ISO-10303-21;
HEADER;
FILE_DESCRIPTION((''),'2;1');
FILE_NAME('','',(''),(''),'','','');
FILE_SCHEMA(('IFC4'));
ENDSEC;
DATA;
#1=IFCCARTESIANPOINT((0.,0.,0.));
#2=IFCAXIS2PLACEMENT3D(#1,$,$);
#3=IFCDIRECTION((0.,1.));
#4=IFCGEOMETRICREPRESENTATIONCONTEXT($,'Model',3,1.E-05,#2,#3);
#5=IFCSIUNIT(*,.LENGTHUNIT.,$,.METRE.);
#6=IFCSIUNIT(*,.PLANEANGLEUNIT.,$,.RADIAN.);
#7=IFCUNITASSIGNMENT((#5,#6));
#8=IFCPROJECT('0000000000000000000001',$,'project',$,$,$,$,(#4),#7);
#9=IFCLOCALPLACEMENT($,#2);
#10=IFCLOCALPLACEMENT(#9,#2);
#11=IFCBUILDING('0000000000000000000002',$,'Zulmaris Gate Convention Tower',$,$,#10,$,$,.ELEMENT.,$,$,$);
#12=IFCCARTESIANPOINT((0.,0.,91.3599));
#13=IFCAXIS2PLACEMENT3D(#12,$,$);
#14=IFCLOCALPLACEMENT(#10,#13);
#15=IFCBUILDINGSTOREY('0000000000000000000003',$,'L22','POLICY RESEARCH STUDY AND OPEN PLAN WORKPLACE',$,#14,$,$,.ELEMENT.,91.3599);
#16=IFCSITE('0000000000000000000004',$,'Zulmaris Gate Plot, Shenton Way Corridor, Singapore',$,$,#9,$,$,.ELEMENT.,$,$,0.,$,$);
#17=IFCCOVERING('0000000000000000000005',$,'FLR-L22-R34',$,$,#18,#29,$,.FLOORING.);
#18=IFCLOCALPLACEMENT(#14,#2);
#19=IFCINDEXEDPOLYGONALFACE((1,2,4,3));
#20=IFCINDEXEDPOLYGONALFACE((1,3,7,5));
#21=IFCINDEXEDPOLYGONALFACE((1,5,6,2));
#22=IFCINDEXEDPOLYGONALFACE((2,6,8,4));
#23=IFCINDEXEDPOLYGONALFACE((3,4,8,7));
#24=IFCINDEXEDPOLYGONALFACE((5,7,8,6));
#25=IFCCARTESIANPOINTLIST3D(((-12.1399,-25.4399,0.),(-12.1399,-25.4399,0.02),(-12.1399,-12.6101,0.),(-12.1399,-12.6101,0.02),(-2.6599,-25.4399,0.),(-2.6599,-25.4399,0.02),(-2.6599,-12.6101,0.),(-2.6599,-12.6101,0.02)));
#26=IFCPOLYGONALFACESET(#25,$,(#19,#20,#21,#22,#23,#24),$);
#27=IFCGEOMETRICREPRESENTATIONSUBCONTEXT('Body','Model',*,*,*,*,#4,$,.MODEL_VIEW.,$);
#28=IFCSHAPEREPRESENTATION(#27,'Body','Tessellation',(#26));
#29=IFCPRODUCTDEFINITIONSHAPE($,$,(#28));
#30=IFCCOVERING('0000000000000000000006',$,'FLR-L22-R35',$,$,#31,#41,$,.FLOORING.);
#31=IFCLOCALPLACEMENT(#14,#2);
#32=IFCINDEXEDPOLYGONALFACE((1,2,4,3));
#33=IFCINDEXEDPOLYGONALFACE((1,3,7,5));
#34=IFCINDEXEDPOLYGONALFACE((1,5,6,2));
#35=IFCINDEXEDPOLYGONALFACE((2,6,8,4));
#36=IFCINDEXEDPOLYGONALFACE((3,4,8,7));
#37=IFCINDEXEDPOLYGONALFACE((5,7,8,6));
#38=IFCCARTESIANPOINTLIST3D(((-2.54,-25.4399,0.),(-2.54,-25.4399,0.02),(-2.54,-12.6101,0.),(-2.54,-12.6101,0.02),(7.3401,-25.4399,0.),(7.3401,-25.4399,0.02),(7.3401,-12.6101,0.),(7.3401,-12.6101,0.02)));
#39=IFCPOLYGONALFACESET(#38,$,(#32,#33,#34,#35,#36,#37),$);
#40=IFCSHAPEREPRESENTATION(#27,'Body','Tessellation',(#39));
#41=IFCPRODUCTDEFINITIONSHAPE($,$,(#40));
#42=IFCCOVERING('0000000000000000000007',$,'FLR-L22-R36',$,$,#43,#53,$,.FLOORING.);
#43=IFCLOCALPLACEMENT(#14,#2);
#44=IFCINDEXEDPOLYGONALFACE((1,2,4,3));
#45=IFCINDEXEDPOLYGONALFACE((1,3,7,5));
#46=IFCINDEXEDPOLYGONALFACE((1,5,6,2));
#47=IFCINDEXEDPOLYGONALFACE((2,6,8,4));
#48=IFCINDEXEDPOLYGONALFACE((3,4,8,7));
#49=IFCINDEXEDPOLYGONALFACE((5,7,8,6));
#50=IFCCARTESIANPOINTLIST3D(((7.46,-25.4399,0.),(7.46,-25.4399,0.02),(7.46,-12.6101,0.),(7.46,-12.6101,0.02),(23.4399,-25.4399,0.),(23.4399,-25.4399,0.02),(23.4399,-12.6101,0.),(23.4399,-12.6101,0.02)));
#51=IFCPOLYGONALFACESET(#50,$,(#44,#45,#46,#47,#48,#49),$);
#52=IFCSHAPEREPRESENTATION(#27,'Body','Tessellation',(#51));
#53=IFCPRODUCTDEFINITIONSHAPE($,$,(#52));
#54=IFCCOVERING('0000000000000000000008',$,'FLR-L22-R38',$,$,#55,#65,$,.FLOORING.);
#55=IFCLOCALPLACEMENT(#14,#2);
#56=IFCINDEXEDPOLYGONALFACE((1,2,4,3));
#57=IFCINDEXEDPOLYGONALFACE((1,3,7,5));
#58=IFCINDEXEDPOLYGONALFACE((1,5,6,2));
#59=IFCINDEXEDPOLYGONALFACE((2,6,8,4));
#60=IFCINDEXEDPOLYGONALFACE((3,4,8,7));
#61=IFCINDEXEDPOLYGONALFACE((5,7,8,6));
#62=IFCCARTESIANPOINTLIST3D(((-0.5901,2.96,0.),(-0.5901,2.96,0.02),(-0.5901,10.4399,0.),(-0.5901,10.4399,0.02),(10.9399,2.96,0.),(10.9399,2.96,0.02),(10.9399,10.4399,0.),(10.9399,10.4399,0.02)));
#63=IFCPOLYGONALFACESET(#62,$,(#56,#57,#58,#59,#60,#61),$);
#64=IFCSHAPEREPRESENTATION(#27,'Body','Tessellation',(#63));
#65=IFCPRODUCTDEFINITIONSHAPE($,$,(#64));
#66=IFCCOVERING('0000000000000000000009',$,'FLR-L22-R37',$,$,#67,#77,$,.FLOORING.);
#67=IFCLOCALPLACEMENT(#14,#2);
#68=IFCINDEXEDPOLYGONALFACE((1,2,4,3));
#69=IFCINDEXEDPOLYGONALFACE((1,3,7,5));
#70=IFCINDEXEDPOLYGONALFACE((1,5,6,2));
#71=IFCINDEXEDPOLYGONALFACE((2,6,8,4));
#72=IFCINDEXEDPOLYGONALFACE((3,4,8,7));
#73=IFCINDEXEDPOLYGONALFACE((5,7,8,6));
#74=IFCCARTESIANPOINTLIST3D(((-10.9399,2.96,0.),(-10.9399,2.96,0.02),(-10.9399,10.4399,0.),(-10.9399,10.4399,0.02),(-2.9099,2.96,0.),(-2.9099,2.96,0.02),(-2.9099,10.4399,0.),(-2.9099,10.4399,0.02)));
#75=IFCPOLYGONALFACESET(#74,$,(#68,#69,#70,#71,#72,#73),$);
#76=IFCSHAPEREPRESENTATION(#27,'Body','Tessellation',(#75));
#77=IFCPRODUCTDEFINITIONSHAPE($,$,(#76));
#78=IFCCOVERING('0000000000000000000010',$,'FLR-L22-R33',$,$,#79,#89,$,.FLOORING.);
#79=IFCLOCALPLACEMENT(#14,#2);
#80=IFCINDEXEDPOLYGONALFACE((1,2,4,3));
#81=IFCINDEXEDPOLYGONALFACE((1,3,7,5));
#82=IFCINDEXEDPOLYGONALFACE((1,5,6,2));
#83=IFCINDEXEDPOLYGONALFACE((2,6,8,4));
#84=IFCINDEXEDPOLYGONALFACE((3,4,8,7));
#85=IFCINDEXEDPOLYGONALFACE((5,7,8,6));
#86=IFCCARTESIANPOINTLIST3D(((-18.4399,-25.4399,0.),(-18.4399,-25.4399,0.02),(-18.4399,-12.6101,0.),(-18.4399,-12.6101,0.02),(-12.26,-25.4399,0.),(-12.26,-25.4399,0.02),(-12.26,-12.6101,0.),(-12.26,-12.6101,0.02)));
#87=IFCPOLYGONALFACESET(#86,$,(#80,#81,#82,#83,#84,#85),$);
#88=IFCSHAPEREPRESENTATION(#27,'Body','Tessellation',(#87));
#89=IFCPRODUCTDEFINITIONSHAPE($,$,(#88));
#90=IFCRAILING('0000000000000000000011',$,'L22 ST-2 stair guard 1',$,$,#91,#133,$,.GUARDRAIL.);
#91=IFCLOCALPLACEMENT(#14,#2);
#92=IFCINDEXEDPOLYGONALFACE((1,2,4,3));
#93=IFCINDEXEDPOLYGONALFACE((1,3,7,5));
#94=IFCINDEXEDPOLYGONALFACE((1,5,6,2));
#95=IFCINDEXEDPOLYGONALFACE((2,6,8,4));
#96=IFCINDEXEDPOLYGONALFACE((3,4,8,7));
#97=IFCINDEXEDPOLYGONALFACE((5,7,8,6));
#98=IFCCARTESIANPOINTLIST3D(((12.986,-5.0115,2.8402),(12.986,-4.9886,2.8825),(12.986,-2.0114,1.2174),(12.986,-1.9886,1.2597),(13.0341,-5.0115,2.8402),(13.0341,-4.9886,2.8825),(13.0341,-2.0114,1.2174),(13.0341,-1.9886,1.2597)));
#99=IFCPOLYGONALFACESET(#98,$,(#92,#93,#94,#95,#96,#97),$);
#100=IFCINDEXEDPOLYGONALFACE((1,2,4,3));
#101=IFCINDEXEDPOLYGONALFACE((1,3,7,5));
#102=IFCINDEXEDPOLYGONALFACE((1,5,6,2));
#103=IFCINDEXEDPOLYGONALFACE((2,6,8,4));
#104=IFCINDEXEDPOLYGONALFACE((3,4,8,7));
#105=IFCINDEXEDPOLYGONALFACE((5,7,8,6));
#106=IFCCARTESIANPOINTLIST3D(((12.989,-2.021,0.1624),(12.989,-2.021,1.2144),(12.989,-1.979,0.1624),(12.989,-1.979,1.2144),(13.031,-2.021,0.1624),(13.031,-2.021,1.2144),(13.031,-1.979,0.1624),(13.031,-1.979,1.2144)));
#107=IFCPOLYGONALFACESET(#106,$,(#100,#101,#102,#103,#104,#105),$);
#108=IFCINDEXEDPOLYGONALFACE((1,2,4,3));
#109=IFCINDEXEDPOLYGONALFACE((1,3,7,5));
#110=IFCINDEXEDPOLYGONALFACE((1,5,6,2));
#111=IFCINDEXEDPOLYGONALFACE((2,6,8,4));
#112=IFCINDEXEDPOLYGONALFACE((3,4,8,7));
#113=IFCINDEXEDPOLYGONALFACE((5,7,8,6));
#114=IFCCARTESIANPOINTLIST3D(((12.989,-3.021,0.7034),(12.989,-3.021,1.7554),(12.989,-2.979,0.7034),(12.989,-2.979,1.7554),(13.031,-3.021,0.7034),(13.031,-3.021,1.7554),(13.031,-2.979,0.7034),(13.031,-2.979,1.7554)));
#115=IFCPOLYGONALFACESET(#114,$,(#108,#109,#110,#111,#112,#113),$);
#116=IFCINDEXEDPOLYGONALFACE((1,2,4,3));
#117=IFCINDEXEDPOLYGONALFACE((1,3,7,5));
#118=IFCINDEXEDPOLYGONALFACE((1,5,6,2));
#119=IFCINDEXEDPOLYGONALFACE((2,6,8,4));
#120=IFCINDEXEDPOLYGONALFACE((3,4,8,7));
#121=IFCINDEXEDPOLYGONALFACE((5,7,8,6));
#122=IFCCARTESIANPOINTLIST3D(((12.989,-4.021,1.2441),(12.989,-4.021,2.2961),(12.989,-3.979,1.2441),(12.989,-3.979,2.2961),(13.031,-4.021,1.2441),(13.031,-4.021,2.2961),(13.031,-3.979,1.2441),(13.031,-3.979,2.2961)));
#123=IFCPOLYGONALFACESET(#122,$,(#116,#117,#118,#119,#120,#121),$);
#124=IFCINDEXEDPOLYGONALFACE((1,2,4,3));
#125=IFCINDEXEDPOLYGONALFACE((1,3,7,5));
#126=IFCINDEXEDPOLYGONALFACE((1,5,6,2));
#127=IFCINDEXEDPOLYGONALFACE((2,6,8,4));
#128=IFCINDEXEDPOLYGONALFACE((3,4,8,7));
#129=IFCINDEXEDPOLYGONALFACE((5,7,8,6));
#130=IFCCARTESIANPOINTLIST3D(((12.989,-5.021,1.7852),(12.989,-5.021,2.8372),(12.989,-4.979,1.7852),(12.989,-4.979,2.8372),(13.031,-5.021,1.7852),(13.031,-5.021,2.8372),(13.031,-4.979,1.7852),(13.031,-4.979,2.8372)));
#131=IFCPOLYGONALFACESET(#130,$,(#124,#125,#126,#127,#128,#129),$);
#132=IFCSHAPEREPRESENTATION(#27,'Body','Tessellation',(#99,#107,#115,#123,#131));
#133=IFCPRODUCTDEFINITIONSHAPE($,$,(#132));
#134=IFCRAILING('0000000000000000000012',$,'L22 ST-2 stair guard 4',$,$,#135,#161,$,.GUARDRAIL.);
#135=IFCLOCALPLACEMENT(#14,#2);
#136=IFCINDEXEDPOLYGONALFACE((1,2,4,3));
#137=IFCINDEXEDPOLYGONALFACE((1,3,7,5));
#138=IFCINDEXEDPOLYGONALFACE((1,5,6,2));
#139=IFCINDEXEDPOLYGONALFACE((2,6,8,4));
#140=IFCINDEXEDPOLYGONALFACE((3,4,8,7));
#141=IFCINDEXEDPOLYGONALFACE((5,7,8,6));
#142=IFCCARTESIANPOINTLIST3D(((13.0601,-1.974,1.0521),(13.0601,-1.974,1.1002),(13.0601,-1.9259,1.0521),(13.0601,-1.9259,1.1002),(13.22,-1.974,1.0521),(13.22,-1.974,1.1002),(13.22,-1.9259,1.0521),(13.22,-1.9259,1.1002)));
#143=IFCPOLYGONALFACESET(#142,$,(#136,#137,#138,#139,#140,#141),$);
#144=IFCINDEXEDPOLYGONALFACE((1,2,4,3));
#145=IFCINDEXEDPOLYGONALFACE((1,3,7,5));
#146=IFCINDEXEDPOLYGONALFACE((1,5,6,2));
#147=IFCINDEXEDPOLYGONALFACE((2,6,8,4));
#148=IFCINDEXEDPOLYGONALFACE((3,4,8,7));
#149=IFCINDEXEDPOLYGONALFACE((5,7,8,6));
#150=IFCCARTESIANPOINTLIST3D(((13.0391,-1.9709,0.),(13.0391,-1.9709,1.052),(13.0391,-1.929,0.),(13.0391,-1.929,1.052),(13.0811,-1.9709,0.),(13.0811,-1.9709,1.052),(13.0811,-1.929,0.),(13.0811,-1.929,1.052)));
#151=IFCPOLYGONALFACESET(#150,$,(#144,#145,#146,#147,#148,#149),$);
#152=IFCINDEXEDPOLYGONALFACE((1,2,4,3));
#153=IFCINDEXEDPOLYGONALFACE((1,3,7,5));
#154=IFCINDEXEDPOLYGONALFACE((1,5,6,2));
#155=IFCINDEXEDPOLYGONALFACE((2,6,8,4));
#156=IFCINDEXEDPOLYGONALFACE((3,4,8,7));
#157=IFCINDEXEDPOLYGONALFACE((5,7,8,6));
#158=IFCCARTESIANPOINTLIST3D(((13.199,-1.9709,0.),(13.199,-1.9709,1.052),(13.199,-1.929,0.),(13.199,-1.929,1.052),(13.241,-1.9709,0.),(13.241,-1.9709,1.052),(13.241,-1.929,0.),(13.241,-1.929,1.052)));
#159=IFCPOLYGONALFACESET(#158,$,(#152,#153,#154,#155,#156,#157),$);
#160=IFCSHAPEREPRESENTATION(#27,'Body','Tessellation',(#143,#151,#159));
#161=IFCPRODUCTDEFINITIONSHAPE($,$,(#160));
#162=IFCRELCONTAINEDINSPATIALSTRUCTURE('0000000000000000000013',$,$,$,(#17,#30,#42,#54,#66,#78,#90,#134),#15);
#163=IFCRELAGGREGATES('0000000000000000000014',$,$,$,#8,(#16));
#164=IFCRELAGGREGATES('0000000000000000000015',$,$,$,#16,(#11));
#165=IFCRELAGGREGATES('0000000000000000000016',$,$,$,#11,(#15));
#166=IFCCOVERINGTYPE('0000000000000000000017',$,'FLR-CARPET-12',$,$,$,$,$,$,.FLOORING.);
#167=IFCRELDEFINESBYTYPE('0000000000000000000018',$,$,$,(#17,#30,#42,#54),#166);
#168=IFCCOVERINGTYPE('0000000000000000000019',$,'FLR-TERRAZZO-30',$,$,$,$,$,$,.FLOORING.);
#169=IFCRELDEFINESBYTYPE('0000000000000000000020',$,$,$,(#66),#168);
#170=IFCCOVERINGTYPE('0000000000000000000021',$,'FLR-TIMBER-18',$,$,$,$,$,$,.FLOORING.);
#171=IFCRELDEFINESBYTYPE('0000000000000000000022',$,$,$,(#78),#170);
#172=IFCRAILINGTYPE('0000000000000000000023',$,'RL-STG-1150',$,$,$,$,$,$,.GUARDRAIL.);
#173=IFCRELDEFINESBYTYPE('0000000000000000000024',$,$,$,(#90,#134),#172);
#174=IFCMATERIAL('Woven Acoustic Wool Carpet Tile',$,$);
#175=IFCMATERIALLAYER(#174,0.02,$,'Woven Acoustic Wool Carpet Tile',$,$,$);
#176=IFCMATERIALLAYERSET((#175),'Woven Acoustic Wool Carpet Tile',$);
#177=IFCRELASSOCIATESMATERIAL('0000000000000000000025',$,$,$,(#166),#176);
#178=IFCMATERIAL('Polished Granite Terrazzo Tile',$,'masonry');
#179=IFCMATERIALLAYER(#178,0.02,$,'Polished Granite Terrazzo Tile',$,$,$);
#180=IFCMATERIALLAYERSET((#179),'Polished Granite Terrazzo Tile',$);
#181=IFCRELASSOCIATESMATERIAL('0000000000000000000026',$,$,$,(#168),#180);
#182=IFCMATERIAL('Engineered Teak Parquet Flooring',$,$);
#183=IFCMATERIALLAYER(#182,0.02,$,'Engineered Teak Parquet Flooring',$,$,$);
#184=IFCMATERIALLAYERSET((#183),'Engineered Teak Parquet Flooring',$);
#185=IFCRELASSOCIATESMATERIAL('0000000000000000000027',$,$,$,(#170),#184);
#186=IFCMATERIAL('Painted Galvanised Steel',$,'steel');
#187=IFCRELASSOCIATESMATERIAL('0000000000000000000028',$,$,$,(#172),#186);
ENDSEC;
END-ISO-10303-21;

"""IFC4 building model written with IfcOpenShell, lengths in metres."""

from ifc_helpers import new_model, si_unit, direction, frame, origin, origin_2d, place, context, subcontext, project, spatial, polyline, rectangle, outline, extrude, material, layer, layer_set, type_object, element, save


model = new_model("IFC4")

# Units and contexts
model_context = context("Model", 3, precision=1e-05, world=origin(), true_north=direction((0.0, 1.0)))
body_context = subcontext(model_context, "Body", "Model", "MODEL_VIEW")
ifc_project = project(units=[si_unit("LENGTHUNIT", "METRE"), si_unit("PLANEANGLEUNIT", "RADIAN")], contexts=[model_context])

# Site, building, storey
site_placement = place(None, origin())
site = spatial("IfcSite", under=ifc_project, at=site_placement, Name="Zulmaris Gate Plot, Shenton Way Corridor, Singapore", CompositionType="ELEMENT", RefElevation=0.0)
building_placement = place(site_placement, origin())
building = spatial("IfcBuilding", under=site, at=building_placement, Name="Zulmaris Gate Convention Tower", CompositionType="ELEMENT")
storey_placement = place(building_placement, frame((0.0, 0.0, 91.3599)))
storey = spatial("IfcBuildingStorey", under=building, at=storey_placement, Name="L22", Description="POLICY RESEARCH STUDY AND OPEN PLAN WORKPLACE", CompositionType="ELEMENT", Elevation=91.3599)

# Coverings
ifc_material_1 = material(Name="Woven Acoustic Wool Carpet Tile")
ifc_layer_1 = layer(ifc_material_1, 0.02, Name="Woven Acoustic Wool Carpet Tile")
ifc_layer_set_1 = layer_set([ifc_layer_1], Name="Woven Acoustic Wool Carpet Tile")
covering_type_1 = type_object("IfcCoveringType", Name="FLR-CARPET-12", PredefinedType="FLOORING", material=ifc_layer_set_1)
covering_1_placement = place(storey_placement, origin())
element("IfcCovering", 1, at=covering_1_placement, inside=storey, type_object=covering_type_1, Name="FLR-L22-R34", PredefinedType="FLOORING", context=body_context, shape_type="SweptSolid", body=[
    extrude(outline(polyline([(-12.1399, -25.4399), (-2.6599, -25.4399), (-2.6599, -12.6101), (-12.1399, -12.6101), (-12.1399, -25.4399)])), origin(), (0.0, 0.0, 1.0), 0.02),
])
covering_2_placement = place(storey_placement, origin())
element("IfcCovering", 2, at=covering_2_placement, inside=storey, type_object=covering_type_1, Name="FLR-L22-R35", PredefinedType="FLOORING", context=body_context, shape_type="SweptSolid", body=[
    extrude(outline(polyline([(-2.54, -25.4399), (7.3401, -25.4399), (7.3401, -12.6101), (-2.54, -12.6101), (-2.54, -25.4399)])), origin(), (0.0, 0.0, 1.0), 0.02),
])
covering_3_placement = place(storey_placement, origin())
element("IfcCovering", 3, at=covering_3_placement, inside=storey, type_object=covering_type_1, Name="FLR-L22-R36", PredefinedType="FLOORING", context=body_context, shape_type="SweptSolid", body=[
    extrude(outline(polyline([(7.46, -25.4399), (23.4399, -25.4399), (23.4399, -12.6101), (7.46, -12.6101), (7.46, -25.4399)])), origin(), (0.0, 0.0, 1.0), 0.02),
])
covering_4_placement = place(storey_placement, origin())
element("IfcCovering", 4, at=covering_4_placement, inside=storey, type_object=covering_type_1, Name="FLR-L22-R38", PredefinedType="FLOORING", context=body_context, shape_type="SweptSolid", body=[
    extrude(outline(polyline([(-0.5901, 2.96), (10.9399, 2.96), (10.9399, 10.4399), (-0.5901, 10.4399), (-0.5901, 2.96)])), origin(), (0.0, 0.0, 1.0), 0.02),
])
ifc_material_2 = material(Name="Polished Granite Terrazzo Tile", Category="masonry")
ifc_layer_2 = layer(ifc_material_2, 0.02, Name="Polished Granite Terrazzo Tile")
ifc_layer_set_2 = layer_set([ifc_layer_2], Name="Polished Granite Terrazzo Tile")
covering_type_2 = type_object("IfcCoveringType", Name="FLR-TERRAZZO-30", PredefinedType="FLOORING", material=ifc_layer_set_2)
covering_5_placement = place(storey_placement, origin())
element("IfcCovering", 5, at=covering_5_placement, inside=storey, type_object=covering_type_2, Name="FLR-L22-R37", PredefinedType="FLOORING", context=body_context, shape_type="SweptSolid", body=[
    extrude(outline(polyline([(-10.9399, 2.96), (-2.9099, 2.96), (-2.9099, 10.4399), (-10.9399, 10.4399), (-10.9399, 2.96)])), origin(), (0.0, 0.0, 1.0), 0.02),
])
ifc_material_3 = material(Name="Engineered Teak Parquet Flooring")
ifc_layer_3 = layer(ifc_material_3, 0.02, Name="Engineered Teak Parquet Flooring")
ifc_layer_set_3 = layer_set([ifc_layer_3], Name="Engineered Teak Parquet Flooring")
covering_type_3 = type_object("IfcCoveringType", Name="FLR-TIMBER-18", PredefinedType="FLOORING", material=ifc_layer_set_3)
covering_6_placement = place(storey_placement, origin())
element("IfcCovering", 6, at=covering_6_placement, inside=storey, type_object=covering_type_3, Name="FLR-L22-R33", PredefinedType="FLOORING", context=body_context, shape_type="SweptSolid", body=[
    extrude(outline(polyline([(-18.4399, -25.4399), (-12.26, -25.4399), (-12.26, -12.6101), (-18.4399, -12.6101), (-18.4399, -25.4399)])), origin(), (0.0, 0.0, 1.0), 0.02),
])

# Railings
ifc_material_4 = material(Name="Painted Galvanised Steel", Category="steel")
railing_type = type_object("IfcRailingType", Name="RL-STG-1150", PredefinedType="GUARDRAIL", material=ifc_material_4)
railing_1_placement = place(storey_placement, frame((13.01, -2.0, 0.1624)))
element("IfcRailing", 7, at=railing_1_placement, inside=storey, type_object=railing_type, Name="L22 ST-2 stair guard 1", PredefinedType="GUARDRAIL", context=body_context, shape_type="SweptSolid", body=[
    extrude(rectangle(XDim=0.0481, YDim=0.0481, at=origin_2d()), frame((0.0, 0.0, 1.0762), z_axis=(0.0, -0.879562, 0.475785), x_axis=(1.0, 0.0, 0.0)), (0.0, 0.0, 1.0), 3.4109),
    extrude(rectangle(XDim=0.042, YDim=0.042, at=origin_2d()), origin(), (0.0, 0.0, 1.0), 1.052),
    extrude(rectangle(XDim=0.042, YDim=0.042, at=origin_2d()), frame((0.0, -1.0, 0.541)), (0.0, 0.0, 1.0), 1.052),
    extrude(rectangle(XDim=0.042, YDim=0.042, at=origin_2d()), frame((0.0, -2.0, 1.0818)), (0.0, 0.0, 1.0), 1.052),
    extrude(rectangle(XDim=0.042, YDim=0.042, at=origin_2d()), frame((0.0, -3.0, 1.6228)), (0.0, 0.0, 1.0), 1.052),
])
railing_2_placement = place(storey_placement, frame((13.0601, -1.95, 0.0)))
element("IfcRailing", 8, at=railing_2_placement, inside=storey, type_object=railing_type, Name="L22 ST-2 stair guard 4", PredefinedType="GUARDRAIL", context=body_context, shape_type="SweptSolid", body=[
    extrude(rectangle(XDim=0.0481, YDim=0.0481, at=origin_2d()), frame((0.0, 0.0, 1.0762), z_axis=(1.0, 0.0, 0.0), x_axis=(0.0, 1.0, 0.0)), (0.0, 0.0, 1.0), 0.1599),
    extrude(rectangle(XDim=0.042, YDim=0.042, at=origin_2d()), origin(), (0.0, 0.0, 1.0), 1.052),
    extrude(rectangle(XDim=0.042, YDim=0.042, at=origin_2d()), frame((0.1599, 0.0, 0.0)), (0.0, 0.0, 1.0), 1.052),
])

save(model, "model.ifc")
